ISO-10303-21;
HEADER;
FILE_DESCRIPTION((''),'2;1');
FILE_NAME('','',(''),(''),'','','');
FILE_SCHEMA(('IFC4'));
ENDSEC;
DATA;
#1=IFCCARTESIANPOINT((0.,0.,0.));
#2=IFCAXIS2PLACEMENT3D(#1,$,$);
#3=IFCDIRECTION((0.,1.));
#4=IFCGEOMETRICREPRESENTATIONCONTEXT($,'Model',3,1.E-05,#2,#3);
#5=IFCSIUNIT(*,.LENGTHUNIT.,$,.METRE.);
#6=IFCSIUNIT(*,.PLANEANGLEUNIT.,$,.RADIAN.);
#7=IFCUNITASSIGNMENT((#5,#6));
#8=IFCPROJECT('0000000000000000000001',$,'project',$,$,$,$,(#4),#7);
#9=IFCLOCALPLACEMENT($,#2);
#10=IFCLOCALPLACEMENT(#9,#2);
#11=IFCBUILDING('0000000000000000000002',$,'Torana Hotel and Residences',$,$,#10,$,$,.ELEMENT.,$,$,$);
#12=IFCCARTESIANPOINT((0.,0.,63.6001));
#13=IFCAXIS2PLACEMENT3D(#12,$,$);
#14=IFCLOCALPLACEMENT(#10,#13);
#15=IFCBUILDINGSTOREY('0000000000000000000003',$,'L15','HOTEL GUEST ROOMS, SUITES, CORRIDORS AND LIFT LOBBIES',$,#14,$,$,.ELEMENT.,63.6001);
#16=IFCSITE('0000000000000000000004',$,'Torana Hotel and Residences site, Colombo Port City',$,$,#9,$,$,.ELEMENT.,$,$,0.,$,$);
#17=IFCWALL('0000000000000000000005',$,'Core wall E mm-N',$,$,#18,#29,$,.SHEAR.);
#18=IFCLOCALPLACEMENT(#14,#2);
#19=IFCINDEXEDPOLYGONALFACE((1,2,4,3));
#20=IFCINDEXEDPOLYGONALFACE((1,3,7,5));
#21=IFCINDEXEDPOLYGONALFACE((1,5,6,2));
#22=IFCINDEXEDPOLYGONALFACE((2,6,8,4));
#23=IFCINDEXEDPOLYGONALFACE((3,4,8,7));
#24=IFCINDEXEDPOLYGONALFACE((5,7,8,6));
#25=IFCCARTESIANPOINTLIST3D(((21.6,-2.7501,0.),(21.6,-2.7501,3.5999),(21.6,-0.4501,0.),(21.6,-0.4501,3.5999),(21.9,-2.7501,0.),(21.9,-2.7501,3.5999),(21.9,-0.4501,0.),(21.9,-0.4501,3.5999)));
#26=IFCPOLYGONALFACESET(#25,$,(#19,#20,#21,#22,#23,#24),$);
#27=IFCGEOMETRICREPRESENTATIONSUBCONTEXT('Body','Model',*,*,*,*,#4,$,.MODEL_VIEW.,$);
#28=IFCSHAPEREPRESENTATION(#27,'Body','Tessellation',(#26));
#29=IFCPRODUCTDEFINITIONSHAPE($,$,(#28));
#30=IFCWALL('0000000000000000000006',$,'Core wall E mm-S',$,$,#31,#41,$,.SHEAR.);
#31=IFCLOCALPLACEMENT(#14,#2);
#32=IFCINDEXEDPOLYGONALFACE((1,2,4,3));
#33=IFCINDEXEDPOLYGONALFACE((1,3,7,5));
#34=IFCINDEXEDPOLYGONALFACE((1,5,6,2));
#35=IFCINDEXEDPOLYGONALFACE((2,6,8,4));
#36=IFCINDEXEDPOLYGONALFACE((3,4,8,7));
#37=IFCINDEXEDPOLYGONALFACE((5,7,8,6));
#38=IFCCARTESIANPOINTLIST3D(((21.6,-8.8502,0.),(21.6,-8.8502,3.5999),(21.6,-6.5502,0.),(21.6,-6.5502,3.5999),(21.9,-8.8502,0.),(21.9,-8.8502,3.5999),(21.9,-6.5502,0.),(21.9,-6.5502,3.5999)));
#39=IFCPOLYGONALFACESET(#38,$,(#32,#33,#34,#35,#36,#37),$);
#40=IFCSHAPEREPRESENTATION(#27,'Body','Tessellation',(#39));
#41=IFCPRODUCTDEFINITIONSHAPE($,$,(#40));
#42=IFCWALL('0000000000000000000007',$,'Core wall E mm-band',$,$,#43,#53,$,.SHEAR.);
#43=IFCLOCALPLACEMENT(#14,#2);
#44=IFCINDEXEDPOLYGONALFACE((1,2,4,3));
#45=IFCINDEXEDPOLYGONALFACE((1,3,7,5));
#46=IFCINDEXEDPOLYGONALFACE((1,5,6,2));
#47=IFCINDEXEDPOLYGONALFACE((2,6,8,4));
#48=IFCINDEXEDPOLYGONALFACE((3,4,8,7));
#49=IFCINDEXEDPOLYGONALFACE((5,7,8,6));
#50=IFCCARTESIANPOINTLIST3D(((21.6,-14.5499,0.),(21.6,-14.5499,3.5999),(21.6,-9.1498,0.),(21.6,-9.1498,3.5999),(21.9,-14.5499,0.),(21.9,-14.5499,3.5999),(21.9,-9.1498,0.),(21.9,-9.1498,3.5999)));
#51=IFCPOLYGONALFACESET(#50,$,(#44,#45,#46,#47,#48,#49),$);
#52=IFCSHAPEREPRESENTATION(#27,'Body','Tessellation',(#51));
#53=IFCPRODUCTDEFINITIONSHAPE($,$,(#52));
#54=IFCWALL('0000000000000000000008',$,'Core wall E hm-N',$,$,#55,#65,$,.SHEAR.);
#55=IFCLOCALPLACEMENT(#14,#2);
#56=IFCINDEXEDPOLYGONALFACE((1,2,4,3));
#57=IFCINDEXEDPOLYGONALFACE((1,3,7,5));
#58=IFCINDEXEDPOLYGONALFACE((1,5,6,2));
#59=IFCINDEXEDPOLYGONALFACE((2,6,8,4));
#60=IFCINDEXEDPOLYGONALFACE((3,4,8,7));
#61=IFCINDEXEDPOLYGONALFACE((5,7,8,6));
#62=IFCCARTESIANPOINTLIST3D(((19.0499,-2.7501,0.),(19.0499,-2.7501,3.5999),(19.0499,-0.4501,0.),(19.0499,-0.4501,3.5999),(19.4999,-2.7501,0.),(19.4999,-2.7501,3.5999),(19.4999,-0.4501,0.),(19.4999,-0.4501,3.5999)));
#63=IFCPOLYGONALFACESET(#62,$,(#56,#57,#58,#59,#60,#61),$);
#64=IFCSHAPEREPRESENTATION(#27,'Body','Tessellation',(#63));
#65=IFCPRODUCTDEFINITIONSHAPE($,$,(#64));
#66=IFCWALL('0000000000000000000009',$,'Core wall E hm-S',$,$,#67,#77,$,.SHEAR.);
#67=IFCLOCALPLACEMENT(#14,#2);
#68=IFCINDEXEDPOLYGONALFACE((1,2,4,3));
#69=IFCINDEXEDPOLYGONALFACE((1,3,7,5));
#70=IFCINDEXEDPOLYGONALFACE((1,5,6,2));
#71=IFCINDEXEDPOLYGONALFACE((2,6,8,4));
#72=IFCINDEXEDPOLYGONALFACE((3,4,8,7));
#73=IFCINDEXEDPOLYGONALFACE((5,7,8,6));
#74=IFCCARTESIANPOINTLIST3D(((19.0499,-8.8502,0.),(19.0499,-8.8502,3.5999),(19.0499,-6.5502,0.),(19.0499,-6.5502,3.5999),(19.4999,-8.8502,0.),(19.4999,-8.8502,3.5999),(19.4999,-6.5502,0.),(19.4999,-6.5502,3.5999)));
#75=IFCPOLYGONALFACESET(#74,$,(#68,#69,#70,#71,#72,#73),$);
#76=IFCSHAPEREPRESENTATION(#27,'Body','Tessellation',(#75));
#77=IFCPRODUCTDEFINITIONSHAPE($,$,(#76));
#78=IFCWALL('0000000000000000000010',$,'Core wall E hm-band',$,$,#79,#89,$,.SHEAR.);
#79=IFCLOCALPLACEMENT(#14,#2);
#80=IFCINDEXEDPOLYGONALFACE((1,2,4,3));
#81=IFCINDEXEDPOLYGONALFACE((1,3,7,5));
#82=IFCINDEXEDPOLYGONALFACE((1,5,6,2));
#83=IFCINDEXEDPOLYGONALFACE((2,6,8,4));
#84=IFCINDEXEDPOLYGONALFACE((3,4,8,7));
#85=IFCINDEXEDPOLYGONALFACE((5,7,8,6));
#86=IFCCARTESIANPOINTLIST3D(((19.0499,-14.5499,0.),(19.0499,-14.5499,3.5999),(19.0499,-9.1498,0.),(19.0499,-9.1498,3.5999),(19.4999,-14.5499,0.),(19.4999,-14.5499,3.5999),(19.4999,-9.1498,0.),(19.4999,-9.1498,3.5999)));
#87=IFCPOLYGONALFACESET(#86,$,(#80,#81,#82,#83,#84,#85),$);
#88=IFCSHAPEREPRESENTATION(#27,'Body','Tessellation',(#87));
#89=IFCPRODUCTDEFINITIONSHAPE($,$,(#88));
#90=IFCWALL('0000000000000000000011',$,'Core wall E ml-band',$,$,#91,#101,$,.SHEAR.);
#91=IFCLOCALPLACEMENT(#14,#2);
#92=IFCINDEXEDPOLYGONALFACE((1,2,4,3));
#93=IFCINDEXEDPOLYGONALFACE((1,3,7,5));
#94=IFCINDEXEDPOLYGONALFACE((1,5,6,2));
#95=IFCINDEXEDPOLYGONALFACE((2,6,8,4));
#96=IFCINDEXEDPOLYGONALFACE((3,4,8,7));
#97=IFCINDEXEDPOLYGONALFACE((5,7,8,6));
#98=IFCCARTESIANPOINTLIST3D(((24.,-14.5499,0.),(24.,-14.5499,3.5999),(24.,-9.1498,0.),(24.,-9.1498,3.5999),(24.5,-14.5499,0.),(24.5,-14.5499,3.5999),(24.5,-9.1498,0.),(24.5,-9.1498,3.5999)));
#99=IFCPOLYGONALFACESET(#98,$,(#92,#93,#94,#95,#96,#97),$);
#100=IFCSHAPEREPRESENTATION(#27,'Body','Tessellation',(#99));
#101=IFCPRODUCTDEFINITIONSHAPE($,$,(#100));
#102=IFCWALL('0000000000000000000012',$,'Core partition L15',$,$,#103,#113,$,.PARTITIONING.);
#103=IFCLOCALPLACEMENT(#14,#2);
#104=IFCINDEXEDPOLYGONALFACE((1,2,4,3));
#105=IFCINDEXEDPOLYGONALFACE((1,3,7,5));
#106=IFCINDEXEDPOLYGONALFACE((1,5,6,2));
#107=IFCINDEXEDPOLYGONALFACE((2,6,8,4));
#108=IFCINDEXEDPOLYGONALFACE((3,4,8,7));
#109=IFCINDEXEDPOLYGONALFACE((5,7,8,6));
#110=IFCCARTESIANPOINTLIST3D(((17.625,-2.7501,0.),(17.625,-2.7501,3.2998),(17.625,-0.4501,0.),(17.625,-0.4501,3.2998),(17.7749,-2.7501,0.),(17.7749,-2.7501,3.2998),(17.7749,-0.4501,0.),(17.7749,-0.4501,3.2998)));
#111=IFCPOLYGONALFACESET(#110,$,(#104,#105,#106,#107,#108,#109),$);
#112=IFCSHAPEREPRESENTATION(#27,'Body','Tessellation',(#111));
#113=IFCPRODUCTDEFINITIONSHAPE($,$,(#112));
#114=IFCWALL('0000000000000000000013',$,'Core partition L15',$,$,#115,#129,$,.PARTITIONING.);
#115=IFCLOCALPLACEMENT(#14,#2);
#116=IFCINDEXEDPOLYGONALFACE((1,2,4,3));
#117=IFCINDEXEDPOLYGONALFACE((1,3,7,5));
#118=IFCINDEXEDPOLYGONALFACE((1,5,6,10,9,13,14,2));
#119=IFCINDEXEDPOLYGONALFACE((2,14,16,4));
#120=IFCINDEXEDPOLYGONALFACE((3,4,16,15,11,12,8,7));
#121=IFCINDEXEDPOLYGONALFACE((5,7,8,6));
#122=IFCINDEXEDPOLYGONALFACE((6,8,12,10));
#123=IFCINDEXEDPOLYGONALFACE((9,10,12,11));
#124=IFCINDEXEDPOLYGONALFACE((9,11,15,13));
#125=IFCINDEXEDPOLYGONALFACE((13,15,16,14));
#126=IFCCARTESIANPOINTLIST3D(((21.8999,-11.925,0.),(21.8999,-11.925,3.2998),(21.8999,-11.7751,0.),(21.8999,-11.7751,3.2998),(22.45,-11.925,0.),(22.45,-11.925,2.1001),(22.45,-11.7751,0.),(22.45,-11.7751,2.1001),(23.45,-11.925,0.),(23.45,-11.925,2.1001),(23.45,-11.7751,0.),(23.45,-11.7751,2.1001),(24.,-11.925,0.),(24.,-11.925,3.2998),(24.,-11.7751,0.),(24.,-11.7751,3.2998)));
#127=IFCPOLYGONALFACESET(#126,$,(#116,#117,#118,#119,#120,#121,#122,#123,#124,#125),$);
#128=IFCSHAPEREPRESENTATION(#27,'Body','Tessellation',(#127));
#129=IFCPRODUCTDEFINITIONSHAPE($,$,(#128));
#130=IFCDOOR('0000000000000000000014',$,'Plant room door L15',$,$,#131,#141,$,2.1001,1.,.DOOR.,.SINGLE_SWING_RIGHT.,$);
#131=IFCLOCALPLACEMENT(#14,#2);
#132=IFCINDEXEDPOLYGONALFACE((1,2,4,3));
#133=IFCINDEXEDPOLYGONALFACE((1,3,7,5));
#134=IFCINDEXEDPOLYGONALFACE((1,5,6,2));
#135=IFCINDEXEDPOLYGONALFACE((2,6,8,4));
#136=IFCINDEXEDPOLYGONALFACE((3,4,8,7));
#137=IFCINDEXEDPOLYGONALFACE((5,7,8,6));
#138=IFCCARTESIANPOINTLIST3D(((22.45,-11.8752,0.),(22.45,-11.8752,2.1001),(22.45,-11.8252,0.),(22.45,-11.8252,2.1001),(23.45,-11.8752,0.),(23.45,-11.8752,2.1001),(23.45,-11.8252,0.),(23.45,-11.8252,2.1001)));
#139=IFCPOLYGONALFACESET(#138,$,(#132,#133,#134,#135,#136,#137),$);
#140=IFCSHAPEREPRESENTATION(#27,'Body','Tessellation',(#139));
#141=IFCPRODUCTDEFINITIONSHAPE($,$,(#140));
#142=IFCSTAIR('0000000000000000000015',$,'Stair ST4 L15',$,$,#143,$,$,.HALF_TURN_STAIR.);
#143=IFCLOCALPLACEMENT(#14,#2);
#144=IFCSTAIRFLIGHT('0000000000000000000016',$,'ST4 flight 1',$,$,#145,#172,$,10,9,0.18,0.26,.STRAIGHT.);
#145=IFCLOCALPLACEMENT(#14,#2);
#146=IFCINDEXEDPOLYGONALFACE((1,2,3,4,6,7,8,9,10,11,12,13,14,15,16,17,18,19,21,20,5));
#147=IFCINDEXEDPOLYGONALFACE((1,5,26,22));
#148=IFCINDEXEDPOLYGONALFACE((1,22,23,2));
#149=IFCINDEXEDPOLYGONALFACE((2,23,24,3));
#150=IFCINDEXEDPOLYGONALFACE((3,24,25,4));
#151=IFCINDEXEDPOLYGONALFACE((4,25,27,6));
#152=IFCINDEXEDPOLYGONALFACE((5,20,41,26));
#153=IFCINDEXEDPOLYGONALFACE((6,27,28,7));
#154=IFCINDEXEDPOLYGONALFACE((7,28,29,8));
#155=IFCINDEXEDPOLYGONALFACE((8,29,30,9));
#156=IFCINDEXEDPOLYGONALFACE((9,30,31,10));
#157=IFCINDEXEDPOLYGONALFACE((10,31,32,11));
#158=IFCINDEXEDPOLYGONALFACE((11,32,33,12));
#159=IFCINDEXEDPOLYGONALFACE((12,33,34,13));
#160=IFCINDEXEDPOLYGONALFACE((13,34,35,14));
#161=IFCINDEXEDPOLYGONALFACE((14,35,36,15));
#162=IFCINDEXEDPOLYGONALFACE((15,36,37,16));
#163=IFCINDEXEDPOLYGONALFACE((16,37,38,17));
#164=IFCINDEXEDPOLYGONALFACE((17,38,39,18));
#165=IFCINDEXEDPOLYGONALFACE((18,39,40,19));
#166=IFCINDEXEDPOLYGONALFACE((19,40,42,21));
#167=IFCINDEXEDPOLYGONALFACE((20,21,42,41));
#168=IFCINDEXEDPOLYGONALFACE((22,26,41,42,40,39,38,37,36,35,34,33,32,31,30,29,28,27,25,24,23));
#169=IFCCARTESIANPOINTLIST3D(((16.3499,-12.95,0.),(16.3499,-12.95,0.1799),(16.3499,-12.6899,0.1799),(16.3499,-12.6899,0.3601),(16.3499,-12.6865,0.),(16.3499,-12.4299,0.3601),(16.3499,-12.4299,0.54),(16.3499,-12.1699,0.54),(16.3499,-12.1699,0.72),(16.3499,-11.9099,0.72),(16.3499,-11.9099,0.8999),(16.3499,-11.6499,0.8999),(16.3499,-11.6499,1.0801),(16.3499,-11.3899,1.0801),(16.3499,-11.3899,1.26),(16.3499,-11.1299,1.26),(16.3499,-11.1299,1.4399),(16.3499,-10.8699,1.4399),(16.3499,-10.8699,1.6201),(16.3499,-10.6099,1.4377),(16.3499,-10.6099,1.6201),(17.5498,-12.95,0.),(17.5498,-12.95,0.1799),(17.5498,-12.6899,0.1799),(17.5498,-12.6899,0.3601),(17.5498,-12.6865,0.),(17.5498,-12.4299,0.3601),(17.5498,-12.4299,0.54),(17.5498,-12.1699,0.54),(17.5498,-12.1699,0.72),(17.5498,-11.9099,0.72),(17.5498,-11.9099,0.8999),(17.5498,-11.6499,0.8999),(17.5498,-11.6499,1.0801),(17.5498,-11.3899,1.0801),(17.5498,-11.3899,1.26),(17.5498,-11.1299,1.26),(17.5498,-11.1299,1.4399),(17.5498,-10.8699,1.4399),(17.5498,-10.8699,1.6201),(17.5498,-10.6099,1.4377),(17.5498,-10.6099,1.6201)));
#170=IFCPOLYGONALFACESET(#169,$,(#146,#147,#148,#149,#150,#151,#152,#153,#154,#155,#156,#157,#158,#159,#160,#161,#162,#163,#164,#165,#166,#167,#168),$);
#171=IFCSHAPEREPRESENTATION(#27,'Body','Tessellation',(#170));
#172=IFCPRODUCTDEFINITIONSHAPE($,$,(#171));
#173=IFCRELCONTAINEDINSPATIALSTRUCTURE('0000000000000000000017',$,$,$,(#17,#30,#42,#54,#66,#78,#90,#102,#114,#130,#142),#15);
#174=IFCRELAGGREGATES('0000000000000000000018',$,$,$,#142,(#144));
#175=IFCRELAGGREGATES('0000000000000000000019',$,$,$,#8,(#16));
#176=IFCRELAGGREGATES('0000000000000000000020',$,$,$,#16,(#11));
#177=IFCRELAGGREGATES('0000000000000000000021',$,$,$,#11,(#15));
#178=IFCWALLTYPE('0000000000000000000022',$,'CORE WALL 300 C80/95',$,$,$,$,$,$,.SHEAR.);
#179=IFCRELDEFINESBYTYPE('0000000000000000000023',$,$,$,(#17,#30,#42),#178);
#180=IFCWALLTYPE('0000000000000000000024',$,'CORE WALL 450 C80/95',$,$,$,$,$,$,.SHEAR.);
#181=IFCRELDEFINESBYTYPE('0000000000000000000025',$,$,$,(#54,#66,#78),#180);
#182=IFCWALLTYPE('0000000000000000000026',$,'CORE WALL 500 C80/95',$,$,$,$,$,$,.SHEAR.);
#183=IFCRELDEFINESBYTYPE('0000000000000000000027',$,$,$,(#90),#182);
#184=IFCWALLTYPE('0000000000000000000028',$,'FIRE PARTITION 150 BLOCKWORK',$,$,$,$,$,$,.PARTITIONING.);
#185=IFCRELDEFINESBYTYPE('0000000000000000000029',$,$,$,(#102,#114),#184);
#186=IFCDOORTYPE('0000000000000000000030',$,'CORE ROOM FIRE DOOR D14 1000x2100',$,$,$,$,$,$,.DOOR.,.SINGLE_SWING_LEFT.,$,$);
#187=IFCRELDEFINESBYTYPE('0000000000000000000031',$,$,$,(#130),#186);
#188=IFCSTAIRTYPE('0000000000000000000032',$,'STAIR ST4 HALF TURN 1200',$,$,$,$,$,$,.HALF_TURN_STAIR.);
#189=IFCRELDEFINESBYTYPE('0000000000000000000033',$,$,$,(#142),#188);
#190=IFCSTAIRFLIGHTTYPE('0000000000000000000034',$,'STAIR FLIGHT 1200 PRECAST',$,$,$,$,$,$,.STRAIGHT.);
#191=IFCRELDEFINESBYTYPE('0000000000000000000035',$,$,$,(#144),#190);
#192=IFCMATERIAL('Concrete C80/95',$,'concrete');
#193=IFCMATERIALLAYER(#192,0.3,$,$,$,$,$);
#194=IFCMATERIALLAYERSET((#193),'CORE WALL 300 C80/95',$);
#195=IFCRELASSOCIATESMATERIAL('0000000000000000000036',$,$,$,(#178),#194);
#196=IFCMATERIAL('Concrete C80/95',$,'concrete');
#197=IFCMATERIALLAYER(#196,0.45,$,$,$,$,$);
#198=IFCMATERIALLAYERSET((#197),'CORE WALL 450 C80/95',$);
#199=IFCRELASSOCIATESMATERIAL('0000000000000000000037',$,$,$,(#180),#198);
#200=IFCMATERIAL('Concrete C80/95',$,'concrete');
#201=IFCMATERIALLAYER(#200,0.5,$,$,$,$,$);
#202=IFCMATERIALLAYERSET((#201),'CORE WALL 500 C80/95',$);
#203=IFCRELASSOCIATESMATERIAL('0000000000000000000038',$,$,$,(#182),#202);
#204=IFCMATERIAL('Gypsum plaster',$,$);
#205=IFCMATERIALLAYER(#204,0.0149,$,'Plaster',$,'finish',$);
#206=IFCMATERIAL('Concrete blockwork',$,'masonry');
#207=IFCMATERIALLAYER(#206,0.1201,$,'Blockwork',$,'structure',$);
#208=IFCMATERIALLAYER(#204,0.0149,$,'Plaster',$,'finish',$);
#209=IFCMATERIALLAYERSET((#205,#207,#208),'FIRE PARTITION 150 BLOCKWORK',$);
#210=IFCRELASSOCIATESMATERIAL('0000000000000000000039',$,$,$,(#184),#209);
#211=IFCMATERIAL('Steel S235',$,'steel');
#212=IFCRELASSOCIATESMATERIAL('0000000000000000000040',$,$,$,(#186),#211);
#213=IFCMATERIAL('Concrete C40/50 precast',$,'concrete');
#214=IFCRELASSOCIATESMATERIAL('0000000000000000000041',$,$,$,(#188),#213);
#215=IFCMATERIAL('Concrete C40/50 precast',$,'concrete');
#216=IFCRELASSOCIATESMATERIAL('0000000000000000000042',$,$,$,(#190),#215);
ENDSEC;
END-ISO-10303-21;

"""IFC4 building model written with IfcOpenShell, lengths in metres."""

from ifc_helpers import new_model, si_unit, direction, frame, frame_2d, origin, place, context, subcontext, project, spatial, polyline, rectangle, outline, extrude, material, layer, layer_set, type_object, element, fill, aggregate, save


model = new_model("IFC4")

# Units and contexts
model_context = context("Model", 3, precision=1e-05, world=origin(), true_north=direction((0.0, 1.0)))
body_context = subcontext(model_context, "Body", "Model", "MODEL_VIEW")
ifc_project = project(units=[si_unit("LENGTHUNIT", "METRE"), si_unit("PLANEANGLEUNIT", "RADIAN")], contexts=[model_context])

# Site, building, storey
site_placement = place(None, origin())
site = spatial("IfcSite", under=ifc_project, at=site_placement, Name="Torana Hotel and Residences site, Colombo Port City", CompositionType="ELEMENT", RefElevation=0.0)
building_placement = place(site_placement, origin())
building = spatial("IfcBuilding", under=site, at=building_placement, Name="Torana Hotel and Residences", CompositionType="ELEMENT")
storey_placement = place(building_placement, frame((0.0, 0.0, 63.6001)))
storey = spatial("IfcBuildingStorey", under=building, at=storey_placement, Name="L15", Description="HOTEL GUEST ROOMS, SUITES, CORRIDORS AND LIFT LOBBIES", CompositionType="ELEMENT", Elevation=63.6001)

# Walls
ifc_material_1 = material(Name="Concrete C80/95", Category="concrete")
ifc_layer_1 = layer(ifc_material_1, 0.3)
ifc_layer_set_1 = layer_set([ifc_layer_1], Name="CORE WALL 300 C80/95")
wall_type_1 = type_object("IfcWallType", Name="CORE WALL 300 C80/95", PredefinedType="SHEAR", material=ifc_layer_set_1)
for number, where, z_axis, x_axis, name in (
    (1, (21.75, -2.75, 0.0), (0.0, 0.0, 1.0), (0.0, 1.0, 0.0), "Core wall E mm-N"),
    (2, (21.75, -8.8501, 0.0), (0.0, 0.0, 1.0), (0.0, 1.0, 0.0), "Core wall E mm-S"),
):
    element("IfcWall", number, at=place(storey_placement, frame(where, z_axis=z_axis, x_axis=x_axis)), inside=storey, type_object=wall_type_1, Name=name, PredefinedType="SHEAR", context=body_context, shape_type="SweptSolid", body=[
        extrude(rectangle(XDim=2.3, YDim=0.3, at=frame_2d((1.1499, 0.0))), origin(), (0.0, 0.0, 1.0), 3.5999),
    ])
wall_1_placement = place(storey_placement, frame((21.75, -14.55, 0.0), z_axis=(0.0, 0.0, 1.0), x_axis=(0.0, 1.0, 0.0)))
element("IfcWall", 3, at=wall_1_placement, inside=storey, type_object=wall_type_1, Name="Core wall E mm-band", PredefinedType="SHEAR", context=body_context, shape_type="SweptSolid", body=[
    extrude(rectangle(XDim=5.4001, YDim=0.3, at=frame_2d((2.7002, 0.0))), origin(), (0.0, 0.0, 1.0), 3.5999),
])
ifc_material_2 = material(Name="Concrete C80/95", Category="concrete")
ifc_layer_2 = layer(ifc_material_2, 0.45)
ifc_layer_set_2 = layer_set([ifc_layer_2], Name="CORE WALL 450 C80/95")
wall_type_2 = type_object("IfcWallType", Name="CORE WALL 450 C80/95", PredefinedType="SHEAR", material=ifc_layer_set_2)
for number, where, z_axis, x_axis, name in (
    (4, (19.2749, -2.75, 0.0), (0.0, 0.0, 1.0), (0.0, 1.0, 0.0), "Core wall E hm-N"),
    (5, (19.2749, -8.8501, 0.0), (0.0, 0.0, 1.0), (0.0, 1.0, 0.0), "Core wall E hm-S"),
):
    element("IfcWall", number, at=place(storey_placement, frame(where, z_axis=z_axis, x_axis=x_axis)), inside=storey, type_object=wall_type_2, Name=name, PredefinedType="SHEAR", context=body_context, shape_type="SweptSolid", body=[
        extrude(rectangle(XDim=2.3, YDim=0.45, at=frame_2d((1.1499, 0.0))), origin(), (0.0, 0.0, 1.0), 3.5999),
    ])
wall_2_placement = place(storey_placement, frame((19.2749, -14.55, 0.0), z_axis=(0.0, 0.0, 1.0), x_axis=(0.0, 1.0, 0.0)))
element("IfcWall", 6, at=wall_2_placement, inside=storey, type_object=wall_type_2, Name="Core wall E hm-band", PredefinedType="SHEAR", context=body_context, shape_type="SweptSolid", body=[
    extrude(rectangle(XDim=5.4001, YDim=0.45, at=frame_2d((2.7002, 0.0))), origin(), (0.0, 0.0, 1.0), 3.5999),
])
ifc_material_3 = material(Name="Concrete C80/95", Category="concrete")
ifc_layer_3 = layer(ifc_material_3, 0.5)
ifc_layer_set_3 = layer_set([ifc_layer_3], Name="CORE WALL 500 C80/95")
wall_type_3 = type_object("IfcWallType", Name="CORE WALL 500 C80/95", PredefinedType="SHEAR", material=ifc_layer_set_3)
wall_3_placement = place(storey_placement, frame((24.25, -14.55, 0.0), z_axis=(0.0, 0.0, 1.0), x_axis=(0.0, 1.0, 0.0)))
element("IfcWall", 7, at=wall_3_placement, inside=storey, type_object=wall_type_3, Name="Core wall E ml-band", PredefinedType="SHEAR", context=body_context, shape_type="SweptSolid", body=[
    extrude(rectangle(XDim=5.4001, YDim=0.5, at=frame_2d((2.7002, 0.0))), origin(), (0.0, 0.0, 1.0), 3.5999),
])
ifc_material_4 = material(Name="Gypsum plaster")
ifc_layer_4 = layer(ifc_material_4, 0.0149, Name="Plaster", Category="finish")
ifc_material_5 = material(Name="Concrete blockwork", Category="masonry")
ifc_layer_5 = layer(ifc_material_5, 0.1201, Name="Blockwork", Category="structure")
ifc_layer_6 = layer(ifc_material_4, 0.0149, Name="Plaster", Category="finish")
ifc_layer_set_4 = layer_set([ifc_layer_4, ifc_layer_5, ifc_layer_6], Name="FIRE PARTITION 150 BLOCKWORK")
wall_type_4 = type_object("IfcWallType", Name="FIRE PARTITION 150 BLOCKWORK", PredefinedType="PARTITIONING", material=ifc_layer_set_4)
wall_4_placement = place(storey_placement, frame((17.7, -2.75, 0.0), z_axis=(0.0, 0.0, 1.0), x_axis=(0.0, 1.0, 0.0)))
element("IfcWall", 8, at=wall_4_placement, inside=storey, type_object=wall_type_4, Name="Core partition L15", PredefinedType="PARTITIONING", context=body_context, shape_type="SweptSolid", body=[
    extrude(rectangle(XDim=2.3, YDim=0.1499, at=frame_2d((1.1499, 0.0))), origin(), (0.0, 0.0, 1.0), 3.2998),
])

# Wall, opening, door
wall_5_placement = place(storey_placement, frame((21.8999, -11.8501, 0.0), z_axis=(0.0, 0.0, 1.0), x_axis=(1.0, 0.0, 0.0)))
wall_5 = element("IfcWall", 9, at=wall_5_placement, inside=storey, type_object=wall_type_4, Name="Core partition L15", PredefinedType="PARTITIONING", context=body_context, shape_type="SweptSolid", body=[
    extrude(rectangle(XDim=2.1001, YDim=0.1499, at=frame_2d((1.05, 0.0))), origin(), (0.0, 0.0, 1.0), 3.2998),
])
opening_placement = place(wall_5_placement, frame((0.55, 0.0, 0.0)))
opening = element("IfcOpeningElement", 10, at=opening_placement, cuts=wall_5, PredefinedType="OPENING", context=body_context, shape_type="SweptSolid", body=[
    extrude(rectangle(XDim=1.0, YDim=2.1001, at=frame_2d((0.5, 1.05))), frame((0.0, 0.085, 0.0), z_axis=(0.0, -1.0, 0.0), x_axis=(1.0, 0.0, 0.0)), (0.0, 0.0, 1.0), 0.1699),
])
ifc_material_6 = material(Name="Steel S235", Category="steel")
door_type = type_object("IfcDoorType", Name="CORE ROOM FIRE DOOR D14 1000x2100", OperationType="SINGLE_SWING_LEFT", PredefinedType="DOOR", material=ifc_material_6)
door_placement = place(opening_placement, origin())
door = element("IfcDoor", 11, at=door_placement, inside=storey, type_object=door_type, Name="Plant room door L15", OperationType="SINGLE_SWING_RIGHT", OverallHeight=2.1001, OverallWidth=1.0, PredefinedType="DOOR", context=body_context, shape_type="SweptSolid", body=[
    extrude(rectangle(XDim=1.0, YDim=2.1001, at=frame_2d((0.5, 1.05))), frame((0.0, 0.0249, 0.0), z_axis=(0.0, -1.0, 0.0), x_axis=(1.0, 0.0, 0.0)), (0.0, 0.0, 1.0), 0.05),
])
fill(opening, door)

# Stair, stair flight
ifc_material_7 = material(Name="Concrete C40/50 precast", Category="concrete")
stair_type = type_object("IfcStairType", Name="STAIR ST4 HALF TURN 1200", PredefinedType="HALF_TURN_STAIR", material=ifc_material_7)
stair_placement = place(storey_placement, origin())
stair = element("IfcStair", 12, at=stair_placement, inside=storey, type_object=stair_type, Name="Stair ST4 L15", PredefinedType="HALF_TURN_STAIR")
ifc_material_8 = material(Name="Concrete C40/50 precast", Category="concrete")
stair_flight_type = type_object("IfcStairFlightType", Name="STAIR FLIGHT 1200 PRECAST", PredefinedType="STRAIGHT", material=ifc_material_8)
stair_flight_1_placement = place(storey_placement, frame((16.95, -12.95, 0.0), z_axis=(0.0, 0.0, 1.0), x_axis=(0.0, 1.0, 0.0)))
stair_flight_1 = element("IfcStairFlight", 13, at=stair_flight_1_placement, type_object=stair_flight_type, Name="ST4 flight 1", NumberOfRisers=10, NumberOfTreads=9, PredefinedType="STRAIGHT", RiserHeight=0.18, TreadLength=0.26, context=body_context, shape_type="SweptSolid", body=[
    extrude(outline(polyline([(0.0, 0.0), (0.0, 0.1799), (0.26, 0.1799), (0.26, 0.3601), (0.52, 0.3601), (0.52, 0.54), (0.78, 0.54), (0.78, 0.72), (1.04, 0.72), (1.04, 0.8999), (1.3, 0.8999), (1.3, 1.0801), (1.5601, 1.0801), (1.5601, 1.26), (1.8201, 1.26), (1.8201, 1.4399), (2.0801, 1.4399), (2.0801, 1.6201), (2.3401, 1.6201), (2.3401, 1.8), (2.3401, 1.4377), (0.2634, 0.0), (0.0, 0.0)])), frame((0.0, 0.6001, 0.0), z_axis=(0.0, -1.0, 0.0), x_axis=(1.0, 0.0, 0.0)), (0.0, 0.0, 1.0), 1.2),
])
aggregate(stair, [stair_flight_1])

save(model, "model.ifc")
